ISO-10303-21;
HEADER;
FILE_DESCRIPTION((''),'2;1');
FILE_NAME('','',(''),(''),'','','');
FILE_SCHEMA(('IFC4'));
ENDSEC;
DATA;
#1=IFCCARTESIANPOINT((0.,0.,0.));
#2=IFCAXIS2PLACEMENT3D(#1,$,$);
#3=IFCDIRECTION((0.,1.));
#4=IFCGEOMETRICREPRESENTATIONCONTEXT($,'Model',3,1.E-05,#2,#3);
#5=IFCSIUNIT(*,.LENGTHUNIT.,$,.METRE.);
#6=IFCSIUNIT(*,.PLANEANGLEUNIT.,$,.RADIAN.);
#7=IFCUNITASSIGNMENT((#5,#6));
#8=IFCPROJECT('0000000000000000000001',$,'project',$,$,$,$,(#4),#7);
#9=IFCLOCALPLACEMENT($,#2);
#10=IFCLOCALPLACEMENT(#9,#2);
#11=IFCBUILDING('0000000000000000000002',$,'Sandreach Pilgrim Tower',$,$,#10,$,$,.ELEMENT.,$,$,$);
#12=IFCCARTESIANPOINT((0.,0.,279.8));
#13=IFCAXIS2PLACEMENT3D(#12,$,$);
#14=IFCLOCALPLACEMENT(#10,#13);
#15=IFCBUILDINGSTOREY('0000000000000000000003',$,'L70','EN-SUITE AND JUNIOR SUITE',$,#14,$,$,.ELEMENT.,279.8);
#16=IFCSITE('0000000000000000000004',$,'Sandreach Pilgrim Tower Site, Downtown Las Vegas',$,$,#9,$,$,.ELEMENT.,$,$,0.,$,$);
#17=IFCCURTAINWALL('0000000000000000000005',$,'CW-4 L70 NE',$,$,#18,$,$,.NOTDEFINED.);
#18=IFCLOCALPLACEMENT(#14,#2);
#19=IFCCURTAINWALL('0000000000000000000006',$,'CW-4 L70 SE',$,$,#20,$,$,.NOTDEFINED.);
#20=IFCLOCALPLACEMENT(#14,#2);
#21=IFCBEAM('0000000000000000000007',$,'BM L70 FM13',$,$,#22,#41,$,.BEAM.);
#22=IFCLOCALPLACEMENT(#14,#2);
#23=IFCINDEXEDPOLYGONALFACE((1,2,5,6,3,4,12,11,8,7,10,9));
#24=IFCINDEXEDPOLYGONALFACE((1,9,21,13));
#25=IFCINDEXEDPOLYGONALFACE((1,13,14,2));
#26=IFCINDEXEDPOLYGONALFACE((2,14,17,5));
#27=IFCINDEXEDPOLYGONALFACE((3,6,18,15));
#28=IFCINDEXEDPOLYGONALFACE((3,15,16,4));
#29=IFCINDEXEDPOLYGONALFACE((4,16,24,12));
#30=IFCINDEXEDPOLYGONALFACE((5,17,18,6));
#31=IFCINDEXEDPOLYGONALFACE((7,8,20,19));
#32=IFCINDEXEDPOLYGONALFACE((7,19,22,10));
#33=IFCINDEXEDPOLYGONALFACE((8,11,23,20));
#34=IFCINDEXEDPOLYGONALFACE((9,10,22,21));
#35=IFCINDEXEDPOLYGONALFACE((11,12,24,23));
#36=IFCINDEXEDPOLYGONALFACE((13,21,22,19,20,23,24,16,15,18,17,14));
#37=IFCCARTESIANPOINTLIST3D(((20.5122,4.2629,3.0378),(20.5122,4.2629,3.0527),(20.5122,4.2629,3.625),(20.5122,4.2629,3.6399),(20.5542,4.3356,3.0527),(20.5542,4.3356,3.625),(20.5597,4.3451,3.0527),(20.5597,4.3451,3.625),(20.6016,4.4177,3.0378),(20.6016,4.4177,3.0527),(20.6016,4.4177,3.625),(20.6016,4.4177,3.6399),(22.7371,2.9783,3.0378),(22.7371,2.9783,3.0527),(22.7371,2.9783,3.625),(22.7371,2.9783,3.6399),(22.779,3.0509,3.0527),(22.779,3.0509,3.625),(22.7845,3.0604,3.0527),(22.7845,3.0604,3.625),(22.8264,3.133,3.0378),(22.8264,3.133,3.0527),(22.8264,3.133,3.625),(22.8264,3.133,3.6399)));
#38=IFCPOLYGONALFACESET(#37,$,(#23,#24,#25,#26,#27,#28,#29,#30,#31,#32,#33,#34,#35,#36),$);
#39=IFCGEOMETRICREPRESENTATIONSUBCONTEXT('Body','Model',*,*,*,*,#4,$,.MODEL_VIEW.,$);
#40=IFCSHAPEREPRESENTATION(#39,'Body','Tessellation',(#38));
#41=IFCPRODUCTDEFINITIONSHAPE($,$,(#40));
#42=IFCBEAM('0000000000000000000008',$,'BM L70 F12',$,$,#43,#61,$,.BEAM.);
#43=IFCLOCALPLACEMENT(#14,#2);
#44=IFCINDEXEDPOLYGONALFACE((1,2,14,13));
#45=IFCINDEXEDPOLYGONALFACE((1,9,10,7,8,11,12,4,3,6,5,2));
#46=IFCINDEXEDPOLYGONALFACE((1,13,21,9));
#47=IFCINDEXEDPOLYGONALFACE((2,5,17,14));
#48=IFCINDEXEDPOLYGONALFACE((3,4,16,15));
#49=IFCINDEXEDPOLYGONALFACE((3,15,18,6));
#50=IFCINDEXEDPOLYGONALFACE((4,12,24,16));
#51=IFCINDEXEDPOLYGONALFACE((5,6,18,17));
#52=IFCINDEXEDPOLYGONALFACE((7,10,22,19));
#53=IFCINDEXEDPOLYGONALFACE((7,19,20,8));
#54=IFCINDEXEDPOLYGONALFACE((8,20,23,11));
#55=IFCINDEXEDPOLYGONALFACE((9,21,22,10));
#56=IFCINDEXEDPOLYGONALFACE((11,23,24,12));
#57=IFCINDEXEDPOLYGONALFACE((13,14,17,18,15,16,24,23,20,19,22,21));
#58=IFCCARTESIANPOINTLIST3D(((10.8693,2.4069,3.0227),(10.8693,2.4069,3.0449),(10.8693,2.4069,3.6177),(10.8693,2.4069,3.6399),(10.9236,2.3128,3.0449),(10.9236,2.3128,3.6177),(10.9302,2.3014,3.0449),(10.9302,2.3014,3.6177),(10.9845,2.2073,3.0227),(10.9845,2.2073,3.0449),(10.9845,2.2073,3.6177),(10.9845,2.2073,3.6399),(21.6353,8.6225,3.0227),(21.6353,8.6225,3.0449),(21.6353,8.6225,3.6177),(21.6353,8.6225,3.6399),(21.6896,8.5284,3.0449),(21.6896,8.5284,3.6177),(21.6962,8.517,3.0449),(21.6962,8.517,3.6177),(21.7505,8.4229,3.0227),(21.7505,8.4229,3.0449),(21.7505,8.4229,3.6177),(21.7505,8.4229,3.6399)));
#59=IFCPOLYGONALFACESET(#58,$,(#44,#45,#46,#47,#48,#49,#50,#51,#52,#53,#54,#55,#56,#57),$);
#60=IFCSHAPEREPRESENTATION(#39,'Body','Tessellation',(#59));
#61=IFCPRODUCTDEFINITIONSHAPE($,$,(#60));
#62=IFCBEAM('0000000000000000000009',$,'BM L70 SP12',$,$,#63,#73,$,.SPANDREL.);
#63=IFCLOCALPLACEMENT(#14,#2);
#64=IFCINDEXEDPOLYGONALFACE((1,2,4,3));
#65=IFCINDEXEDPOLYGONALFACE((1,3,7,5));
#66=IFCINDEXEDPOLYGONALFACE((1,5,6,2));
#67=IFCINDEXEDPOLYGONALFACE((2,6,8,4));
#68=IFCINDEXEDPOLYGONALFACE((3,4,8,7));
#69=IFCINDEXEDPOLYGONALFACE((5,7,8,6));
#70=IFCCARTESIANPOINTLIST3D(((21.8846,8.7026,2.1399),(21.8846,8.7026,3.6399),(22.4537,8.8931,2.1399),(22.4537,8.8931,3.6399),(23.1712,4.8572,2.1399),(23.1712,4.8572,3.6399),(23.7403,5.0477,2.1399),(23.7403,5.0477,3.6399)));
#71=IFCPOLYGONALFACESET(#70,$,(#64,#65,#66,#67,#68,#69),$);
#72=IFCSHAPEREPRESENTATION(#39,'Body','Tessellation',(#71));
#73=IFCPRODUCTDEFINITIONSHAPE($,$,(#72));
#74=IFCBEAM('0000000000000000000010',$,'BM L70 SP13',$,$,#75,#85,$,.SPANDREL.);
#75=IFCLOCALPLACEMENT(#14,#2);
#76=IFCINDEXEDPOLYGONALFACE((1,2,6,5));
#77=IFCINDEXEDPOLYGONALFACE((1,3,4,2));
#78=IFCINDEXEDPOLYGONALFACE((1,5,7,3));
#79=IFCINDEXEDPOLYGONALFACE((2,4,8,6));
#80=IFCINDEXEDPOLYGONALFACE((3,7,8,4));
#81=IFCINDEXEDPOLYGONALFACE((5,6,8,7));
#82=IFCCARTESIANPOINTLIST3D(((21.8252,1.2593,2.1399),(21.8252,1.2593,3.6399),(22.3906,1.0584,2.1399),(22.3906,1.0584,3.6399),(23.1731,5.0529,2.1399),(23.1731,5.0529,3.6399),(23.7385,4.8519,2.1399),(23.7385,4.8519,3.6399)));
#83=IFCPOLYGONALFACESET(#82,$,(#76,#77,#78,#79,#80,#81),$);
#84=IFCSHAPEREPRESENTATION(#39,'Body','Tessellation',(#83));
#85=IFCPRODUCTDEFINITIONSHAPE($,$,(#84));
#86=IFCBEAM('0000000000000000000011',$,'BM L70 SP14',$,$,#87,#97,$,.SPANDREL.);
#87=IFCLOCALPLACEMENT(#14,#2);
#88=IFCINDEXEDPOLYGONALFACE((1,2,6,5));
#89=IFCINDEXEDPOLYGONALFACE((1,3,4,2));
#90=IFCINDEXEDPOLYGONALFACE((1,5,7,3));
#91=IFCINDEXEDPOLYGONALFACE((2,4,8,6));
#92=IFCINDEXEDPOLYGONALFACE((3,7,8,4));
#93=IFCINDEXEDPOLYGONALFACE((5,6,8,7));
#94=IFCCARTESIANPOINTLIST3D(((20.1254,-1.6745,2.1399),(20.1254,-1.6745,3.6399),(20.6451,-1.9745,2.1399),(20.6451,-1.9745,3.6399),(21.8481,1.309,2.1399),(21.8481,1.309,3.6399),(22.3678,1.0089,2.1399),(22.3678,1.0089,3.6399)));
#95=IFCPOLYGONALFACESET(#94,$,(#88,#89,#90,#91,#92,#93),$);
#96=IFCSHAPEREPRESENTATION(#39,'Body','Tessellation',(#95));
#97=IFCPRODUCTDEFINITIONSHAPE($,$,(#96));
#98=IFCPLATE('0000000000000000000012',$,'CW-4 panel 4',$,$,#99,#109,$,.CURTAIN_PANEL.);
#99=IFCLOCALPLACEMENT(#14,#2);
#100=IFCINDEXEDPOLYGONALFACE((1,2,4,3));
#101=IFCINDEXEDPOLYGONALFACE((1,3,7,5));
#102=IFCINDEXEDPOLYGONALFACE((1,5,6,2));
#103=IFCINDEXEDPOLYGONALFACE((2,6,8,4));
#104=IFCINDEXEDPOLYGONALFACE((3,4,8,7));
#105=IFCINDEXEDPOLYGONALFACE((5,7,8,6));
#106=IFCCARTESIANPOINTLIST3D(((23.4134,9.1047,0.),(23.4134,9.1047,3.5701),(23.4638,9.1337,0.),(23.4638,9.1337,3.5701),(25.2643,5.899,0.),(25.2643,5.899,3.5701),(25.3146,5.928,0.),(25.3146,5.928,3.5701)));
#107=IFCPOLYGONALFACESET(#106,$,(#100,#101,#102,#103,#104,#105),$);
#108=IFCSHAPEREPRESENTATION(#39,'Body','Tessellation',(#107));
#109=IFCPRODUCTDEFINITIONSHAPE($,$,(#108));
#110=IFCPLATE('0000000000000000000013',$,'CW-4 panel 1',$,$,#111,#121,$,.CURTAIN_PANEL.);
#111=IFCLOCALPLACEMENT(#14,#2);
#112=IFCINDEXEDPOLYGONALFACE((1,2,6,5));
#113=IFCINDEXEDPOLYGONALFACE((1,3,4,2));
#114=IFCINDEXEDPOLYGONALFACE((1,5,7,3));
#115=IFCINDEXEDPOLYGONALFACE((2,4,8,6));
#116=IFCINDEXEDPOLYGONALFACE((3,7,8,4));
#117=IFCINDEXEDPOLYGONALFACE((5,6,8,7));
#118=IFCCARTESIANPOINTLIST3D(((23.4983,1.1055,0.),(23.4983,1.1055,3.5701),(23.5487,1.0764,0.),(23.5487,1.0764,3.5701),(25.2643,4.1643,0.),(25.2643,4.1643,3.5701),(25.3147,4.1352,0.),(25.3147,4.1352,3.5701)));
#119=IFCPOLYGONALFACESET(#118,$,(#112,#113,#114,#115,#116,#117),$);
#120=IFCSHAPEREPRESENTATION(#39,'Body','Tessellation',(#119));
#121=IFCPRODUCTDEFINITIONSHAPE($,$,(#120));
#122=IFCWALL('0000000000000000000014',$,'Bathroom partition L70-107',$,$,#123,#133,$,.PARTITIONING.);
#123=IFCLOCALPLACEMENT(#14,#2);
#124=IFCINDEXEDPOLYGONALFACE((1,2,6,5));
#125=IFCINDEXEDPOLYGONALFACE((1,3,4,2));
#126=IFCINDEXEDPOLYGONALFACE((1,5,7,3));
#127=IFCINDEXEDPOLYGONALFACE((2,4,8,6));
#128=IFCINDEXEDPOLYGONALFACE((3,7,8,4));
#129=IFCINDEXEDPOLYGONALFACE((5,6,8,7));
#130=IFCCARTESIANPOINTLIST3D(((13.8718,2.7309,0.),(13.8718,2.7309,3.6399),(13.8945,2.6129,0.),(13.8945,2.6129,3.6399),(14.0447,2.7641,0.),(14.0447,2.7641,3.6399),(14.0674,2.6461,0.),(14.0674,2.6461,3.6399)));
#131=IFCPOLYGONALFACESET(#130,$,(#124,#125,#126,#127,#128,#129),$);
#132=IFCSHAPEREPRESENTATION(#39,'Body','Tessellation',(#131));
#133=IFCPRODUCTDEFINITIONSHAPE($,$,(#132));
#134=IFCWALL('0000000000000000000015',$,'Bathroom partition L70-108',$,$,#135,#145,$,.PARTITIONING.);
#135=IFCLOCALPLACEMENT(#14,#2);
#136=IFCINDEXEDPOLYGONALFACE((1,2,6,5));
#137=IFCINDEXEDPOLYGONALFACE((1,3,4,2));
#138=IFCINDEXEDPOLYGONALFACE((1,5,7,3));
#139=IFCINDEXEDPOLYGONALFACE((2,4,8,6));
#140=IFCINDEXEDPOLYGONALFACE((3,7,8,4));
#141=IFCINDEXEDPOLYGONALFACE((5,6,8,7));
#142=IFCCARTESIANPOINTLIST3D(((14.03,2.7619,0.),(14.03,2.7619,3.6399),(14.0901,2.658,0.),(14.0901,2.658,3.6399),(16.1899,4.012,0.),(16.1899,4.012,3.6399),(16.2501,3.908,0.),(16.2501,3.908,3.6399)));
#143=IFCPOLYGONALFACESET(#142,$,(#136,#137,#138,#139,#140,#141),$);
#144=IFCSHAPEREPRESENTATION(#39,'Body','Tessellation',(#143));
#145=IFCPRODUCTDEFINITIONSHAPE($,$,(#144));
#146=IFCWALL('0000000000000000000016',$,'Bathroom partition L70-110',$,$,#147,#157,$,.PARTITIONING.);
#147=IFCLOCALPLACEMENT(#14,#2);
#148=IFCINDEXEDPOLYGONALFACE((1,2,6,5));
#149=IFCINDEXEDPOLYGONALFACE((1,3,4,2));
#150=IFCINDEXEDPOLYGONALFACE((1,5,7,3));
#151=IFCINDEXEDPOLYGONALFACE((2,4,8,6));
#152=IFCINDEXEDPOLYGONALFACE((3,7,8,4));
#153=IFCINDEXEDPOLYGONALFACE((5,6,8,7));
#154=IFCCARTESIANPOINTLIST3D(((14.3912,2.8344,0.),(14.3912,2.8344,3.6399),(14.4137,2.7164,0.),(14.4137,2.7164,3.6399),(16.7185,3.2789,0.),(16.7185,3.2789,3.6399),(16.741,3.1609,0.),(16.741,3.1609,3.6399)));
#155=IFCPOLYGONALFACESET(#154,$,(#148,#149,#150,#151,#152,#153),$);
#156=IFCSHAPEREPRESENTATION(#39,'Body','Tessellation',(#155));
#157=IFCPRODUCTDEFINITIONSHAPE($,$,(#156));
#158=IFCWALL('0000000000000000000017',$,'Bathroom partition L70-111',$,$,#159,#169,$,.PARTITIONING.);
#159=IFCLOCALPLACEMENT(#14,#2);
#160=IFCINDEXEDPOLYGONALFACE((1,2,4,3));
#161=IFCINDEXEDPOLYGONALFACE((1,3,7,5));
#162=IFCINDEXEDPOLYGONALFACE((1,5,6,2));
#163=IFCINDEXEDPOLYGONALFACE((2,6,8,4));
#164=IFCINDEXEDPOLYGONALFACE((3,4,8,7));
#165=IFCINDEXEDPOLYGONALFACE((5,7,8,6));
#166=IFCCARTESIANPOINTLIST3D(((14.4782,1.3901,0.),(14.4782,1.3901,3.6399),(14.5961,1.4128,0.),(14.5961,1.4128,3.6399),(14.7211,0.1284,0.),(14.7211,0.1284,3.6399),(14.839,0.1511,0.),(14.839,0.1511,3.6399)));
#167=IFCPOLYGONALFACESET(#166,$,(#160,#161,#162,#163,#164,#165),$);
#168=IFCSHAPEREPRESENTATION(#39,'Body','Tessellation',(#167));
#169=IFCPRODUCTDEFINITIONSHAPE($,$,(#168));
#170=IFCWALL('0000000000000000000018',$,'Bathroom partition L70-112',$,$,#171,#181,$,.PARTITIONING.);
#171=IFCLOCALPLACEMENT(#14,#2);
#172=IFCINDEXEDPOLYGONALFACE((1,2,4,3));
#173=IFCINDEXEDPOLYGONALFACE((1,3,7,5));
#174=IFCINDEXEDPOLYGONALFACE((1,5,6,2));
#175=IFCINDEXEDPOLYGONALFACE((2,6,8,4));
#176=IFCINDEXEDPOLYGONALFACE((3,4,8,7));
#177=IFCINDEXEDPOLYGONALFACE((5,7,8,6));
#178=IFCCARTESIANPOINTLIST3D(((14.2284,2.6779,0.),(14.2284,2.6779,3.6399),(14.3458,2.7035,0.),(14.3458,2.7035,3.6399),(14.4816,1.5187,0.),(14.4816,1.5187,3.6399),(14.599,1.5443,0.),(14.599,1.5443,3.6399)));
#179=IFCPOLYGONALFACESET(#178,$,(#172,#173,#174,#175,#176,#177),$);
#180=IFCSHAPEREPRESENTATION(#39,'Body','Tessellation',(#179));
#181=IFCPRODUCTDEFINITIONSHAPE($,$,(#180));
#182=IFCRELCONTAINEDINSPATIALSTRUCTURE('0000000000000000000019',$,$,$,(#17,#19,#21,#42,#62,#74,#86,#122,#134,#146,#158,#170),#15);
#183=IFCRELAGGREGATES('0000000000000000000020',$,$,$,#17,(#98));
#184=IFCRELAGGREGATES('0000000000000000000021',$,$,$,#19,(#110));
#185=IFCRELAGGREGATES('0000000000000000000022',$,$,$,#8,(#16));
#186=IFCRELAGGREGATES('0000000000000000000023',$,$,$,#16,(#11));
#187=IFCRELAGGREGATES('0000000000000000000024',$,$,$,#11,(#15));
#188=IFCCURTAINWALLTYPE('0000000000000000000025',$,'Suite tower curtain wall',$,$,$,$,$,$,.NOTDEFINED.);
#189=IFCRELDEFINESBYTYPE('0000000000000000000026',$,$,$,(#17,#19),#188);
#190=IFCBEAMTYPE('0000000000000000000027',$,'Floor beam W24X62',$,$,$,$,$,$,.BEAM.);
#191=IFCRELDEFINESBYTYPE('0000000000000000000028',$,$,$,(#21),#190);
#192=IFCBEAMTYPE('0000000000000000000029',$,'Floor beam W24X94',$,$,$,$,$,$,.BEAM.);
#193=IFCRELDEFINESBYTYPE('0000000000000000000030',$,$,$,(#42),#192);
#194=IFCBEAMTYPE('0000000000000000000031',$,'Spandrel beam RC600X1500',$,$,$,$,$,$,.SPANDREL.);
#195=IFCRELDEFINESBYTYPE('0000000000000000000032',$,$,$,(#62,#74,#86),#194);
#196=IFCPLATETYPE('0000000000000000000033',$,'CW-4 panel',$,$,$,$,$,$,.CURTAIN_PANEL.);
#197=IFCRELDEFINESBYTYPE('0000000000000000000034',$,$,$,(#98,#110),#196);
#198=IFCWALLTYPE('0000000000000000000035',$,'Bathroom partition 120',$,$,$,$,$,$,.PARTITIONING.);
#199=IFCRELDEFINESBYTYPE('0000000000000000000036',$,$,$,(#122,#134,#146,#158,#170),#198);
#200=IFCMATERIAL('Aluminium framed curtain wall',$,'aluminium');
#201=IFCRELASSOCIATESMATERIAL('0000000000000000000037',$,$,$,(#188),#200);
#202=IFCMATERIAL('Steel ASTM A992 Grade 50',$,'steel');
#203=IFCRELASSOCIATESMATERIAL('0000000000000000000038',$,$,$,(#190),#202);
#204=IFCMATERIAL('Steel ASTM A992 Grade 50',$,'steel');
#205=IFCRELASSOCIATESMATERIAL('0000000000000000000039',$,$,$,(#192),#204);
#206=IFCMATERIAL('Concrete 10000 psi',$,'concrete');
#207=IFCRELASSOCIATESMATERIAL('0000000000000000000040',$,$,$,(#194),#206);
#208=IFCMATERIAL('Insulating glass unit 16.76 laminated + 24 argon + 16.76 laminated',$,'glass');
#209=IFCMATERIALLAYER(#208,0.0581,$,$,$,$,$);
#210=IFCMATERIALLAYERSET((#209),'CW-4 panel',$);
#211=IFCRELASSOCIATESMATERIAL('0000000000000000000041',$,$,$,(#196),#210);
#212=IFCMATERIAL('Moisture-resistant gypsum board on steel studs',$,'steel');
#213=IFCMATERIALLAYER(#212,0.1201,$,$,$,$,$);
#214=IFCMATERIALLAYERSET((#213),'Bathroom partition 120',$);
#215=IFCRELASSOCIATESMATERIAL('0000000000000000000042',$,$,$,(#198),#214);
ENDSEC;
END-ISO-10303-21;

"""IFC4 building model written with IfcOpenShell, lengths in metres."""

from ifc_helpers import new_model, si_unit, direction, frame, frame_2d, origin, origin_2d, place, context, subcontext, project, spatial, rectangle, i_section, extrude, material, layer, layer_set, material_profile, profile_set, type_object, element, aggregate, save


model = new_model("IFC4")

# Units and contexts
model_context = context("Model", 3, precision=1e-05, world=origin(), true_north=direction((0.0, 1.0)))
body_context = subcontext(model_context, "Body", "Model", "MODEL_VIEW")
ifc_project = project(units=[si_unit("LENGTHUNIT", "METRE"), si_unit("PLANEANGLEUNIT", "RADIAN")], contexts=[model_context])

# Site, building, storey
site_placement = place(None, origin())
site = spatial("IfcSite", under=ifc_project, at=site_placement, Name="Sandreach Pilgrim Tower Site, Downtown Las Vegas", CompositionType="ELEMENT", RefElevation=0.0)
building_placement = place(site_placement, origin())
building = spatial("IfcBuilding", under=site, at=building_placement, Name="Sandreach Pilgrim Tower", CompositionType="ELEMENT")
storey_placement = place(building_placement, frame((0.0, 0.0, 279.8)))
storey = spatial("IfcBuildingStorey", under=building, at=storey_placement, Name="L70", Description="EN-SUITE AND JUNIOR SUITE", CompositionType="ELEMENT", Elevation=279.8)

# Curtain wall
ifc_material_1 = material(Name="Aluminium framed curtain wall", Category="aluminium")
curtain_wall_type = type_object("IfcCurtainWallType", Name="Suite tower curtain wall", PredefinedType="NOTDEFINED", material=ifc_material_1)
curtain_wall_1_placement = place(storey_placement, origin())
curtain_wall_1 = element("IfcCurtainWall", 1, at=curtain_wall_1_placement, inside=storey, type_object=curtain_wall_type, Name="CW-4 L70 NE", PredefinedType="NOTDEFINED")

# Curtain wall
curtain_wall_2_placement = place(storey_placement, origin())
curtain_wall_2 = element("IfcCurtainWall", 2, at=curtain_wall_2_placement, inside=storey, type_object=curtain_wall_type, Name="CW-4 L70 SE", PredefinedType="NOTDEFINED")

# Beams
ifc_material_2 = material(Name="Steel ASTM A992 Grade 50", Category="steel")
ifc_material_profile_1 = material_profile(ifc_material_2, i_section(OverallWidth=0.1787, OverallDepth=0.6021, WebThickness=0.011, FlangeThickness=0.0149, at=origin_2d()), Name="W24X62")
ifc_profile_set_1 = profile_set([ifc_material_profile_1], Name="Steel ASTM A992 Grade 50")
beam_type_1 = type_object("IfcBeamType", Name="Floor beam W24X62", PredefinedType="BEAM", material=ifc_profile_set_1)
beam_1_placement = place(storey_placement, frame((22.7817, 3.0557, 3.3389), z_axis=(-0.866, 0.500043, 0.0), x_axis=(-0.500043, -0.866, 0.0)))
element("IfcBeam", 3, at=beam_1_placement, inside=storey, type_object=beam_type_1, Name="BM L70 FM13", PredefinedType="BEAM", context=body_context, shape_type="SweptSolid", body=[
    extrude(i_section(OverallWidth=0.1787, OverallDepth=0.6021, WebThickness=0.011, FlangeThickness=0.0149, at=origin_2d()), origin(), (0.0, 0.0, 1.0), 2.5691),
])
ifc_material_3 = material(Name="Steel ASTM A992 Grade 50", Category="steel")
ifc_material_profile_2 = material_profile(ifc_material_3, i_section(OverallWidth=0.2305, OverallDepth=0.6172, WebThickness=0.0132, FlangeThickness=0.0222, at=origin_2d()), Name="W24X94")
ifc_profile_set_2 = profile_set([ifc_material_profile_2], Name="Steel ASTM A992 Grade 50")
beam_type_2 = type_object("IfcBeamType", Name="Floor beam W24X94", PredefinedType="BEAM", material=ifc_profile_set_2)
beam_2_placement = place(storey_placement, frame((21.6929, 8.5227, 3.3313), z_axis=(-0.866029, -0.499994, 0.0), x_axis=(0.499994, -0.866029, 0.0)))
element("IfcBeam", 4, at=beam_2_placement, inside=storey, type_object=beam_type_2, Name="BM L70 F12", PredefinedType="BEAM", context=body_context, shape_type="SweptSolid", body=[
    extrude(i_section(OverallWidth=0.2305, OverallDepth=0.6172, WebThickness=0.0132, FlangeThickness=0.0222, at=origin_2d()), origin(), (0.0, 0.0, 1.0), 12.4314),
])
ifc_material_4 = material(Name="Concrete 10000 psi", Category="concrete")
ifc_material_profile_3 = material_profile(ifc_material_4, rectangle(XDim=0.6001, YDim=1.5, at=origin_2d()), Name="RC600X1500")
ifc_profile_set_3 = profile_set([ifc_material_profile_3], Name="Concrete 10000 psi")
beam_type_3 = type_object("IfcBeamType", Name="Spandrel beam RC600X1500", PredefinedType="SPANDREL", material=ifc_profile_set_3)
beam_3_placement = place(storey_placement, frame((22.1692, 8.7979, 2.8899), z_axis=(0.317293, -0.948327, 0.0), x_axis=(0.948327, 0.317293, 0.0)))
element("IfcBeam", 5, at=beam_3_placement, inside=storey, type_object=beam_type_3, Name="BM L70 SP12", PredefinedType="SPANDREL", context=body_context, shape_type="SweptSolid", body=[
    extrude(rectangle(XDim=0.6001, YDim=1.5, at=origin_2d()), origin(), (0.0, 0.0, 1.0), 4.0549),
])
beam_4_placement = place(storey_placement, frame((23.4558, 4.9524, 2.8899), z_axis=(-0.334815, -0.942284, 0.0), x_axis=(0.942284, -0.334815, 0.0)))
element("IfcBeam", 6, at=beam_4_placement, inside=storey, type_object=beam_type_3, Name="BM L70 SP13", PredefinedType="SPANDREL", context=body_context, shape_type="SweptSolid", body=[
    extrude(rectangle(XDim=0.6001, YDim=1.5, at=origin_2d()), origin(), (0.0, 0.0, 1.0), 4.0259),
])
beam_5_placement = place(storey_placement, frame((22.1079, 1.1589, 2.8899), z_axis=(-0.500041, -0.866001, 0.0), x_axis=(0.866001, -0.500041, 0.0)))
element("IfcBeam", 7, at=beam_5_placement, inside=storey, type_object=beam_type_3, Name="BM L70 SP14", PredefinedType="SPANDREL", context=body_context, shape_type="SweptSolid", body=[
    extrude(rectangle(XDim=0.6001, YDim=1.5, at=origin_2d()), origin(), (0.0, 0.0, 1.0), 3.4451),
])

# Plates
ifc_material_5 = material(Name="Insulating glass unit 16.76 laminated + 24 argon + 16.76 laminated", Category="glass")
ifc_layer_1 = layer(ifc_material_5, 0.0581)
ifc_layer_set_1 = layer_set([ifc_layer_1], Name="CW-4 panel")
plate_type = type_object("IfcPlateType", Name="CW-4 panel", PredefinedType="CURTAIN_PANEL", material=ifc_layer_set_1)
plate_1_placement = place(storey_placement, frame((24.364, 7.5164, 0.0), z_axis=(0.0, 0.0, 1.0), x_axis=(0.5, -0.866025, 0.0)))
plate_1 = element("IfcPlate", 8, at=plate_1_placement, type_object=plate_type, Name="CW-4 panel 4", PredefinedType="CURTAIN_PANEL", context=body_context, shape_type="SweptSolid", body=[
    extrude(rectangle(XDim=3.7017, YDim=0.0581, at=origin_2d()), origin(), (0.0, 0.0, 1.0), 3.5701),
])
aggregate(curtain_wall_1, [plate_1])
plate_2_placement = place(storey_placement, frame((24.4065, 2.6204, 0.0), z_axis=(0.0, 0.0, 1.0), x_axis=(-0.5, -0.866025, 0.0)))
plate_2 = element("IfcPlate", 9, at=plate_2_placement, type_object=plate_type, Name="CW-4 panel 1", PredefinedType="CURTAIN_PANEL", context=body_context, shape_type="SweptSolid", body=[
    extrude(rectangle(XDim=3.532, YDim=0.0581, at=origin_2d()), origin(), (0.0, 0.0, 1.0), 3.5701),
])
aggregate(curtain_wall_2, [plate_2])

# Walls
ifc_material_6 = material(Name="Moisture-resistant gypsum board on steel studs", Category="steel")
ifc_layer_2 = layer(ifc_material_6, 0.1201)
ifc_layer_set_2 = layer_set([ifc_layer_2], Name="Bathroom partition 120")
wall_type_1 = type_object("IfcWallType", Name="Bathroom partition 120", PredefinedType="PARTITIONING", material=ifc_layer_set_2)
wall_1_placement = place(storey_placement, frame((14.0559, 2.7051, 0.0), z_axis=(0.0, 0.0, 1.0), x_axis=(-0.982046, -0.188642, 0.0)))
element("IfcWall", 10, at=wall_1_placement, inside=storey, type_object=wall_type_1, Name="Bathroom partition L70-107", PredefinedType="PARTITIONING", context=body_context, shape_type="SweptSolid", body=[
    extrude(rectangle(XDim=0.176, YDim=0.1201, at=frame_2d((0.0879, 0.0))), origin(), (0.0, 0.0, 1.0), 3.6399),
])
wall_2_placement = place(storey_placement, frame((14.0601, 2.71, 0.0), z_axis=(0.0, 0.0, 1.0), x_axis=(0.865509, 0.500894, 0.0)))
element("IfcWall", 11, at=wall_2_placement, inside=storey, type_object=wall_type_1, Name="Bathroom partition L70-108", PredefinedType="PARTITIONING", context=body_context, shape_type="SweptSolid", body=[
    extrude(rectangle(XDim=2.4956, YDim=0.1201, at=frame_2d((1.2478, 0.0))), origin(), (0.0, 0.0, 1.0), 3.6399),
])
wall_3_placement = place(storey_placement, frame((14.4026, 2.7754, 0.0), z_axis=(0.0, 0.0, 1.0), x_axis=(0.98224, 0.187628, 0.0)))
element("IfcWall", 12, at=wall_3_placement, inside=storey, type_object=wall_type_1, Name="Bathroom partition L70-110", PredefinedType="PARTITIONING", context=body_context, shape_type="SweptSolid", body=[
    extrude(rectangle(XDim=2.3694, YDim=0.1201, at=frame_2d((1.1846, 0.0))), origin(), (0.0, 0.0, 1.0), 3.6399),
])
wall_4_placement = place(storey_placement, frame((14.5371, 1.4016, 0.0), z_axis=(0.0, 0.0, 1.0), x_axis=(0.189059, -0.981966, 0.0)))
element("IfcWall", 13, at=wall_4_placement, inside=storey, type_object=wall_type_1, Name="Bathroom partition L70-111", PredefinedType="PARTITIONING", context=body_context, shape_type="SweptSolid", body=[
    extrude(rectangle(XDim=1.2849, YDim=0.1201, at=frame_2d((0.6426, 0.0))), origin(), (0.0, 0.0, 1.0), 3.6399),
])
wall_5_placement = place(storey_placement, frame((14.5403, 1.5315, 0.0), z_axis=(0.0, 0.0, 1.0), x_axis=(-0.213378, 0.97697, 0.0)))
element("IfcWall", 14, at=wall_5_placement, inside=storey, type_object=wall_type_1, Name="Bathroom partition L70-112", PredefinedType="PARTITIONING", context=body_context, shape_type="SweptSolid", body=[
    extrude(rectangle(XDim=1.1865, YDim=0.1201, at=frame_2d((0.5933, 0.0))), origin(), (0.0, 0.0, 1.0), 3.6399),
])

save(model, "model.ifc")
